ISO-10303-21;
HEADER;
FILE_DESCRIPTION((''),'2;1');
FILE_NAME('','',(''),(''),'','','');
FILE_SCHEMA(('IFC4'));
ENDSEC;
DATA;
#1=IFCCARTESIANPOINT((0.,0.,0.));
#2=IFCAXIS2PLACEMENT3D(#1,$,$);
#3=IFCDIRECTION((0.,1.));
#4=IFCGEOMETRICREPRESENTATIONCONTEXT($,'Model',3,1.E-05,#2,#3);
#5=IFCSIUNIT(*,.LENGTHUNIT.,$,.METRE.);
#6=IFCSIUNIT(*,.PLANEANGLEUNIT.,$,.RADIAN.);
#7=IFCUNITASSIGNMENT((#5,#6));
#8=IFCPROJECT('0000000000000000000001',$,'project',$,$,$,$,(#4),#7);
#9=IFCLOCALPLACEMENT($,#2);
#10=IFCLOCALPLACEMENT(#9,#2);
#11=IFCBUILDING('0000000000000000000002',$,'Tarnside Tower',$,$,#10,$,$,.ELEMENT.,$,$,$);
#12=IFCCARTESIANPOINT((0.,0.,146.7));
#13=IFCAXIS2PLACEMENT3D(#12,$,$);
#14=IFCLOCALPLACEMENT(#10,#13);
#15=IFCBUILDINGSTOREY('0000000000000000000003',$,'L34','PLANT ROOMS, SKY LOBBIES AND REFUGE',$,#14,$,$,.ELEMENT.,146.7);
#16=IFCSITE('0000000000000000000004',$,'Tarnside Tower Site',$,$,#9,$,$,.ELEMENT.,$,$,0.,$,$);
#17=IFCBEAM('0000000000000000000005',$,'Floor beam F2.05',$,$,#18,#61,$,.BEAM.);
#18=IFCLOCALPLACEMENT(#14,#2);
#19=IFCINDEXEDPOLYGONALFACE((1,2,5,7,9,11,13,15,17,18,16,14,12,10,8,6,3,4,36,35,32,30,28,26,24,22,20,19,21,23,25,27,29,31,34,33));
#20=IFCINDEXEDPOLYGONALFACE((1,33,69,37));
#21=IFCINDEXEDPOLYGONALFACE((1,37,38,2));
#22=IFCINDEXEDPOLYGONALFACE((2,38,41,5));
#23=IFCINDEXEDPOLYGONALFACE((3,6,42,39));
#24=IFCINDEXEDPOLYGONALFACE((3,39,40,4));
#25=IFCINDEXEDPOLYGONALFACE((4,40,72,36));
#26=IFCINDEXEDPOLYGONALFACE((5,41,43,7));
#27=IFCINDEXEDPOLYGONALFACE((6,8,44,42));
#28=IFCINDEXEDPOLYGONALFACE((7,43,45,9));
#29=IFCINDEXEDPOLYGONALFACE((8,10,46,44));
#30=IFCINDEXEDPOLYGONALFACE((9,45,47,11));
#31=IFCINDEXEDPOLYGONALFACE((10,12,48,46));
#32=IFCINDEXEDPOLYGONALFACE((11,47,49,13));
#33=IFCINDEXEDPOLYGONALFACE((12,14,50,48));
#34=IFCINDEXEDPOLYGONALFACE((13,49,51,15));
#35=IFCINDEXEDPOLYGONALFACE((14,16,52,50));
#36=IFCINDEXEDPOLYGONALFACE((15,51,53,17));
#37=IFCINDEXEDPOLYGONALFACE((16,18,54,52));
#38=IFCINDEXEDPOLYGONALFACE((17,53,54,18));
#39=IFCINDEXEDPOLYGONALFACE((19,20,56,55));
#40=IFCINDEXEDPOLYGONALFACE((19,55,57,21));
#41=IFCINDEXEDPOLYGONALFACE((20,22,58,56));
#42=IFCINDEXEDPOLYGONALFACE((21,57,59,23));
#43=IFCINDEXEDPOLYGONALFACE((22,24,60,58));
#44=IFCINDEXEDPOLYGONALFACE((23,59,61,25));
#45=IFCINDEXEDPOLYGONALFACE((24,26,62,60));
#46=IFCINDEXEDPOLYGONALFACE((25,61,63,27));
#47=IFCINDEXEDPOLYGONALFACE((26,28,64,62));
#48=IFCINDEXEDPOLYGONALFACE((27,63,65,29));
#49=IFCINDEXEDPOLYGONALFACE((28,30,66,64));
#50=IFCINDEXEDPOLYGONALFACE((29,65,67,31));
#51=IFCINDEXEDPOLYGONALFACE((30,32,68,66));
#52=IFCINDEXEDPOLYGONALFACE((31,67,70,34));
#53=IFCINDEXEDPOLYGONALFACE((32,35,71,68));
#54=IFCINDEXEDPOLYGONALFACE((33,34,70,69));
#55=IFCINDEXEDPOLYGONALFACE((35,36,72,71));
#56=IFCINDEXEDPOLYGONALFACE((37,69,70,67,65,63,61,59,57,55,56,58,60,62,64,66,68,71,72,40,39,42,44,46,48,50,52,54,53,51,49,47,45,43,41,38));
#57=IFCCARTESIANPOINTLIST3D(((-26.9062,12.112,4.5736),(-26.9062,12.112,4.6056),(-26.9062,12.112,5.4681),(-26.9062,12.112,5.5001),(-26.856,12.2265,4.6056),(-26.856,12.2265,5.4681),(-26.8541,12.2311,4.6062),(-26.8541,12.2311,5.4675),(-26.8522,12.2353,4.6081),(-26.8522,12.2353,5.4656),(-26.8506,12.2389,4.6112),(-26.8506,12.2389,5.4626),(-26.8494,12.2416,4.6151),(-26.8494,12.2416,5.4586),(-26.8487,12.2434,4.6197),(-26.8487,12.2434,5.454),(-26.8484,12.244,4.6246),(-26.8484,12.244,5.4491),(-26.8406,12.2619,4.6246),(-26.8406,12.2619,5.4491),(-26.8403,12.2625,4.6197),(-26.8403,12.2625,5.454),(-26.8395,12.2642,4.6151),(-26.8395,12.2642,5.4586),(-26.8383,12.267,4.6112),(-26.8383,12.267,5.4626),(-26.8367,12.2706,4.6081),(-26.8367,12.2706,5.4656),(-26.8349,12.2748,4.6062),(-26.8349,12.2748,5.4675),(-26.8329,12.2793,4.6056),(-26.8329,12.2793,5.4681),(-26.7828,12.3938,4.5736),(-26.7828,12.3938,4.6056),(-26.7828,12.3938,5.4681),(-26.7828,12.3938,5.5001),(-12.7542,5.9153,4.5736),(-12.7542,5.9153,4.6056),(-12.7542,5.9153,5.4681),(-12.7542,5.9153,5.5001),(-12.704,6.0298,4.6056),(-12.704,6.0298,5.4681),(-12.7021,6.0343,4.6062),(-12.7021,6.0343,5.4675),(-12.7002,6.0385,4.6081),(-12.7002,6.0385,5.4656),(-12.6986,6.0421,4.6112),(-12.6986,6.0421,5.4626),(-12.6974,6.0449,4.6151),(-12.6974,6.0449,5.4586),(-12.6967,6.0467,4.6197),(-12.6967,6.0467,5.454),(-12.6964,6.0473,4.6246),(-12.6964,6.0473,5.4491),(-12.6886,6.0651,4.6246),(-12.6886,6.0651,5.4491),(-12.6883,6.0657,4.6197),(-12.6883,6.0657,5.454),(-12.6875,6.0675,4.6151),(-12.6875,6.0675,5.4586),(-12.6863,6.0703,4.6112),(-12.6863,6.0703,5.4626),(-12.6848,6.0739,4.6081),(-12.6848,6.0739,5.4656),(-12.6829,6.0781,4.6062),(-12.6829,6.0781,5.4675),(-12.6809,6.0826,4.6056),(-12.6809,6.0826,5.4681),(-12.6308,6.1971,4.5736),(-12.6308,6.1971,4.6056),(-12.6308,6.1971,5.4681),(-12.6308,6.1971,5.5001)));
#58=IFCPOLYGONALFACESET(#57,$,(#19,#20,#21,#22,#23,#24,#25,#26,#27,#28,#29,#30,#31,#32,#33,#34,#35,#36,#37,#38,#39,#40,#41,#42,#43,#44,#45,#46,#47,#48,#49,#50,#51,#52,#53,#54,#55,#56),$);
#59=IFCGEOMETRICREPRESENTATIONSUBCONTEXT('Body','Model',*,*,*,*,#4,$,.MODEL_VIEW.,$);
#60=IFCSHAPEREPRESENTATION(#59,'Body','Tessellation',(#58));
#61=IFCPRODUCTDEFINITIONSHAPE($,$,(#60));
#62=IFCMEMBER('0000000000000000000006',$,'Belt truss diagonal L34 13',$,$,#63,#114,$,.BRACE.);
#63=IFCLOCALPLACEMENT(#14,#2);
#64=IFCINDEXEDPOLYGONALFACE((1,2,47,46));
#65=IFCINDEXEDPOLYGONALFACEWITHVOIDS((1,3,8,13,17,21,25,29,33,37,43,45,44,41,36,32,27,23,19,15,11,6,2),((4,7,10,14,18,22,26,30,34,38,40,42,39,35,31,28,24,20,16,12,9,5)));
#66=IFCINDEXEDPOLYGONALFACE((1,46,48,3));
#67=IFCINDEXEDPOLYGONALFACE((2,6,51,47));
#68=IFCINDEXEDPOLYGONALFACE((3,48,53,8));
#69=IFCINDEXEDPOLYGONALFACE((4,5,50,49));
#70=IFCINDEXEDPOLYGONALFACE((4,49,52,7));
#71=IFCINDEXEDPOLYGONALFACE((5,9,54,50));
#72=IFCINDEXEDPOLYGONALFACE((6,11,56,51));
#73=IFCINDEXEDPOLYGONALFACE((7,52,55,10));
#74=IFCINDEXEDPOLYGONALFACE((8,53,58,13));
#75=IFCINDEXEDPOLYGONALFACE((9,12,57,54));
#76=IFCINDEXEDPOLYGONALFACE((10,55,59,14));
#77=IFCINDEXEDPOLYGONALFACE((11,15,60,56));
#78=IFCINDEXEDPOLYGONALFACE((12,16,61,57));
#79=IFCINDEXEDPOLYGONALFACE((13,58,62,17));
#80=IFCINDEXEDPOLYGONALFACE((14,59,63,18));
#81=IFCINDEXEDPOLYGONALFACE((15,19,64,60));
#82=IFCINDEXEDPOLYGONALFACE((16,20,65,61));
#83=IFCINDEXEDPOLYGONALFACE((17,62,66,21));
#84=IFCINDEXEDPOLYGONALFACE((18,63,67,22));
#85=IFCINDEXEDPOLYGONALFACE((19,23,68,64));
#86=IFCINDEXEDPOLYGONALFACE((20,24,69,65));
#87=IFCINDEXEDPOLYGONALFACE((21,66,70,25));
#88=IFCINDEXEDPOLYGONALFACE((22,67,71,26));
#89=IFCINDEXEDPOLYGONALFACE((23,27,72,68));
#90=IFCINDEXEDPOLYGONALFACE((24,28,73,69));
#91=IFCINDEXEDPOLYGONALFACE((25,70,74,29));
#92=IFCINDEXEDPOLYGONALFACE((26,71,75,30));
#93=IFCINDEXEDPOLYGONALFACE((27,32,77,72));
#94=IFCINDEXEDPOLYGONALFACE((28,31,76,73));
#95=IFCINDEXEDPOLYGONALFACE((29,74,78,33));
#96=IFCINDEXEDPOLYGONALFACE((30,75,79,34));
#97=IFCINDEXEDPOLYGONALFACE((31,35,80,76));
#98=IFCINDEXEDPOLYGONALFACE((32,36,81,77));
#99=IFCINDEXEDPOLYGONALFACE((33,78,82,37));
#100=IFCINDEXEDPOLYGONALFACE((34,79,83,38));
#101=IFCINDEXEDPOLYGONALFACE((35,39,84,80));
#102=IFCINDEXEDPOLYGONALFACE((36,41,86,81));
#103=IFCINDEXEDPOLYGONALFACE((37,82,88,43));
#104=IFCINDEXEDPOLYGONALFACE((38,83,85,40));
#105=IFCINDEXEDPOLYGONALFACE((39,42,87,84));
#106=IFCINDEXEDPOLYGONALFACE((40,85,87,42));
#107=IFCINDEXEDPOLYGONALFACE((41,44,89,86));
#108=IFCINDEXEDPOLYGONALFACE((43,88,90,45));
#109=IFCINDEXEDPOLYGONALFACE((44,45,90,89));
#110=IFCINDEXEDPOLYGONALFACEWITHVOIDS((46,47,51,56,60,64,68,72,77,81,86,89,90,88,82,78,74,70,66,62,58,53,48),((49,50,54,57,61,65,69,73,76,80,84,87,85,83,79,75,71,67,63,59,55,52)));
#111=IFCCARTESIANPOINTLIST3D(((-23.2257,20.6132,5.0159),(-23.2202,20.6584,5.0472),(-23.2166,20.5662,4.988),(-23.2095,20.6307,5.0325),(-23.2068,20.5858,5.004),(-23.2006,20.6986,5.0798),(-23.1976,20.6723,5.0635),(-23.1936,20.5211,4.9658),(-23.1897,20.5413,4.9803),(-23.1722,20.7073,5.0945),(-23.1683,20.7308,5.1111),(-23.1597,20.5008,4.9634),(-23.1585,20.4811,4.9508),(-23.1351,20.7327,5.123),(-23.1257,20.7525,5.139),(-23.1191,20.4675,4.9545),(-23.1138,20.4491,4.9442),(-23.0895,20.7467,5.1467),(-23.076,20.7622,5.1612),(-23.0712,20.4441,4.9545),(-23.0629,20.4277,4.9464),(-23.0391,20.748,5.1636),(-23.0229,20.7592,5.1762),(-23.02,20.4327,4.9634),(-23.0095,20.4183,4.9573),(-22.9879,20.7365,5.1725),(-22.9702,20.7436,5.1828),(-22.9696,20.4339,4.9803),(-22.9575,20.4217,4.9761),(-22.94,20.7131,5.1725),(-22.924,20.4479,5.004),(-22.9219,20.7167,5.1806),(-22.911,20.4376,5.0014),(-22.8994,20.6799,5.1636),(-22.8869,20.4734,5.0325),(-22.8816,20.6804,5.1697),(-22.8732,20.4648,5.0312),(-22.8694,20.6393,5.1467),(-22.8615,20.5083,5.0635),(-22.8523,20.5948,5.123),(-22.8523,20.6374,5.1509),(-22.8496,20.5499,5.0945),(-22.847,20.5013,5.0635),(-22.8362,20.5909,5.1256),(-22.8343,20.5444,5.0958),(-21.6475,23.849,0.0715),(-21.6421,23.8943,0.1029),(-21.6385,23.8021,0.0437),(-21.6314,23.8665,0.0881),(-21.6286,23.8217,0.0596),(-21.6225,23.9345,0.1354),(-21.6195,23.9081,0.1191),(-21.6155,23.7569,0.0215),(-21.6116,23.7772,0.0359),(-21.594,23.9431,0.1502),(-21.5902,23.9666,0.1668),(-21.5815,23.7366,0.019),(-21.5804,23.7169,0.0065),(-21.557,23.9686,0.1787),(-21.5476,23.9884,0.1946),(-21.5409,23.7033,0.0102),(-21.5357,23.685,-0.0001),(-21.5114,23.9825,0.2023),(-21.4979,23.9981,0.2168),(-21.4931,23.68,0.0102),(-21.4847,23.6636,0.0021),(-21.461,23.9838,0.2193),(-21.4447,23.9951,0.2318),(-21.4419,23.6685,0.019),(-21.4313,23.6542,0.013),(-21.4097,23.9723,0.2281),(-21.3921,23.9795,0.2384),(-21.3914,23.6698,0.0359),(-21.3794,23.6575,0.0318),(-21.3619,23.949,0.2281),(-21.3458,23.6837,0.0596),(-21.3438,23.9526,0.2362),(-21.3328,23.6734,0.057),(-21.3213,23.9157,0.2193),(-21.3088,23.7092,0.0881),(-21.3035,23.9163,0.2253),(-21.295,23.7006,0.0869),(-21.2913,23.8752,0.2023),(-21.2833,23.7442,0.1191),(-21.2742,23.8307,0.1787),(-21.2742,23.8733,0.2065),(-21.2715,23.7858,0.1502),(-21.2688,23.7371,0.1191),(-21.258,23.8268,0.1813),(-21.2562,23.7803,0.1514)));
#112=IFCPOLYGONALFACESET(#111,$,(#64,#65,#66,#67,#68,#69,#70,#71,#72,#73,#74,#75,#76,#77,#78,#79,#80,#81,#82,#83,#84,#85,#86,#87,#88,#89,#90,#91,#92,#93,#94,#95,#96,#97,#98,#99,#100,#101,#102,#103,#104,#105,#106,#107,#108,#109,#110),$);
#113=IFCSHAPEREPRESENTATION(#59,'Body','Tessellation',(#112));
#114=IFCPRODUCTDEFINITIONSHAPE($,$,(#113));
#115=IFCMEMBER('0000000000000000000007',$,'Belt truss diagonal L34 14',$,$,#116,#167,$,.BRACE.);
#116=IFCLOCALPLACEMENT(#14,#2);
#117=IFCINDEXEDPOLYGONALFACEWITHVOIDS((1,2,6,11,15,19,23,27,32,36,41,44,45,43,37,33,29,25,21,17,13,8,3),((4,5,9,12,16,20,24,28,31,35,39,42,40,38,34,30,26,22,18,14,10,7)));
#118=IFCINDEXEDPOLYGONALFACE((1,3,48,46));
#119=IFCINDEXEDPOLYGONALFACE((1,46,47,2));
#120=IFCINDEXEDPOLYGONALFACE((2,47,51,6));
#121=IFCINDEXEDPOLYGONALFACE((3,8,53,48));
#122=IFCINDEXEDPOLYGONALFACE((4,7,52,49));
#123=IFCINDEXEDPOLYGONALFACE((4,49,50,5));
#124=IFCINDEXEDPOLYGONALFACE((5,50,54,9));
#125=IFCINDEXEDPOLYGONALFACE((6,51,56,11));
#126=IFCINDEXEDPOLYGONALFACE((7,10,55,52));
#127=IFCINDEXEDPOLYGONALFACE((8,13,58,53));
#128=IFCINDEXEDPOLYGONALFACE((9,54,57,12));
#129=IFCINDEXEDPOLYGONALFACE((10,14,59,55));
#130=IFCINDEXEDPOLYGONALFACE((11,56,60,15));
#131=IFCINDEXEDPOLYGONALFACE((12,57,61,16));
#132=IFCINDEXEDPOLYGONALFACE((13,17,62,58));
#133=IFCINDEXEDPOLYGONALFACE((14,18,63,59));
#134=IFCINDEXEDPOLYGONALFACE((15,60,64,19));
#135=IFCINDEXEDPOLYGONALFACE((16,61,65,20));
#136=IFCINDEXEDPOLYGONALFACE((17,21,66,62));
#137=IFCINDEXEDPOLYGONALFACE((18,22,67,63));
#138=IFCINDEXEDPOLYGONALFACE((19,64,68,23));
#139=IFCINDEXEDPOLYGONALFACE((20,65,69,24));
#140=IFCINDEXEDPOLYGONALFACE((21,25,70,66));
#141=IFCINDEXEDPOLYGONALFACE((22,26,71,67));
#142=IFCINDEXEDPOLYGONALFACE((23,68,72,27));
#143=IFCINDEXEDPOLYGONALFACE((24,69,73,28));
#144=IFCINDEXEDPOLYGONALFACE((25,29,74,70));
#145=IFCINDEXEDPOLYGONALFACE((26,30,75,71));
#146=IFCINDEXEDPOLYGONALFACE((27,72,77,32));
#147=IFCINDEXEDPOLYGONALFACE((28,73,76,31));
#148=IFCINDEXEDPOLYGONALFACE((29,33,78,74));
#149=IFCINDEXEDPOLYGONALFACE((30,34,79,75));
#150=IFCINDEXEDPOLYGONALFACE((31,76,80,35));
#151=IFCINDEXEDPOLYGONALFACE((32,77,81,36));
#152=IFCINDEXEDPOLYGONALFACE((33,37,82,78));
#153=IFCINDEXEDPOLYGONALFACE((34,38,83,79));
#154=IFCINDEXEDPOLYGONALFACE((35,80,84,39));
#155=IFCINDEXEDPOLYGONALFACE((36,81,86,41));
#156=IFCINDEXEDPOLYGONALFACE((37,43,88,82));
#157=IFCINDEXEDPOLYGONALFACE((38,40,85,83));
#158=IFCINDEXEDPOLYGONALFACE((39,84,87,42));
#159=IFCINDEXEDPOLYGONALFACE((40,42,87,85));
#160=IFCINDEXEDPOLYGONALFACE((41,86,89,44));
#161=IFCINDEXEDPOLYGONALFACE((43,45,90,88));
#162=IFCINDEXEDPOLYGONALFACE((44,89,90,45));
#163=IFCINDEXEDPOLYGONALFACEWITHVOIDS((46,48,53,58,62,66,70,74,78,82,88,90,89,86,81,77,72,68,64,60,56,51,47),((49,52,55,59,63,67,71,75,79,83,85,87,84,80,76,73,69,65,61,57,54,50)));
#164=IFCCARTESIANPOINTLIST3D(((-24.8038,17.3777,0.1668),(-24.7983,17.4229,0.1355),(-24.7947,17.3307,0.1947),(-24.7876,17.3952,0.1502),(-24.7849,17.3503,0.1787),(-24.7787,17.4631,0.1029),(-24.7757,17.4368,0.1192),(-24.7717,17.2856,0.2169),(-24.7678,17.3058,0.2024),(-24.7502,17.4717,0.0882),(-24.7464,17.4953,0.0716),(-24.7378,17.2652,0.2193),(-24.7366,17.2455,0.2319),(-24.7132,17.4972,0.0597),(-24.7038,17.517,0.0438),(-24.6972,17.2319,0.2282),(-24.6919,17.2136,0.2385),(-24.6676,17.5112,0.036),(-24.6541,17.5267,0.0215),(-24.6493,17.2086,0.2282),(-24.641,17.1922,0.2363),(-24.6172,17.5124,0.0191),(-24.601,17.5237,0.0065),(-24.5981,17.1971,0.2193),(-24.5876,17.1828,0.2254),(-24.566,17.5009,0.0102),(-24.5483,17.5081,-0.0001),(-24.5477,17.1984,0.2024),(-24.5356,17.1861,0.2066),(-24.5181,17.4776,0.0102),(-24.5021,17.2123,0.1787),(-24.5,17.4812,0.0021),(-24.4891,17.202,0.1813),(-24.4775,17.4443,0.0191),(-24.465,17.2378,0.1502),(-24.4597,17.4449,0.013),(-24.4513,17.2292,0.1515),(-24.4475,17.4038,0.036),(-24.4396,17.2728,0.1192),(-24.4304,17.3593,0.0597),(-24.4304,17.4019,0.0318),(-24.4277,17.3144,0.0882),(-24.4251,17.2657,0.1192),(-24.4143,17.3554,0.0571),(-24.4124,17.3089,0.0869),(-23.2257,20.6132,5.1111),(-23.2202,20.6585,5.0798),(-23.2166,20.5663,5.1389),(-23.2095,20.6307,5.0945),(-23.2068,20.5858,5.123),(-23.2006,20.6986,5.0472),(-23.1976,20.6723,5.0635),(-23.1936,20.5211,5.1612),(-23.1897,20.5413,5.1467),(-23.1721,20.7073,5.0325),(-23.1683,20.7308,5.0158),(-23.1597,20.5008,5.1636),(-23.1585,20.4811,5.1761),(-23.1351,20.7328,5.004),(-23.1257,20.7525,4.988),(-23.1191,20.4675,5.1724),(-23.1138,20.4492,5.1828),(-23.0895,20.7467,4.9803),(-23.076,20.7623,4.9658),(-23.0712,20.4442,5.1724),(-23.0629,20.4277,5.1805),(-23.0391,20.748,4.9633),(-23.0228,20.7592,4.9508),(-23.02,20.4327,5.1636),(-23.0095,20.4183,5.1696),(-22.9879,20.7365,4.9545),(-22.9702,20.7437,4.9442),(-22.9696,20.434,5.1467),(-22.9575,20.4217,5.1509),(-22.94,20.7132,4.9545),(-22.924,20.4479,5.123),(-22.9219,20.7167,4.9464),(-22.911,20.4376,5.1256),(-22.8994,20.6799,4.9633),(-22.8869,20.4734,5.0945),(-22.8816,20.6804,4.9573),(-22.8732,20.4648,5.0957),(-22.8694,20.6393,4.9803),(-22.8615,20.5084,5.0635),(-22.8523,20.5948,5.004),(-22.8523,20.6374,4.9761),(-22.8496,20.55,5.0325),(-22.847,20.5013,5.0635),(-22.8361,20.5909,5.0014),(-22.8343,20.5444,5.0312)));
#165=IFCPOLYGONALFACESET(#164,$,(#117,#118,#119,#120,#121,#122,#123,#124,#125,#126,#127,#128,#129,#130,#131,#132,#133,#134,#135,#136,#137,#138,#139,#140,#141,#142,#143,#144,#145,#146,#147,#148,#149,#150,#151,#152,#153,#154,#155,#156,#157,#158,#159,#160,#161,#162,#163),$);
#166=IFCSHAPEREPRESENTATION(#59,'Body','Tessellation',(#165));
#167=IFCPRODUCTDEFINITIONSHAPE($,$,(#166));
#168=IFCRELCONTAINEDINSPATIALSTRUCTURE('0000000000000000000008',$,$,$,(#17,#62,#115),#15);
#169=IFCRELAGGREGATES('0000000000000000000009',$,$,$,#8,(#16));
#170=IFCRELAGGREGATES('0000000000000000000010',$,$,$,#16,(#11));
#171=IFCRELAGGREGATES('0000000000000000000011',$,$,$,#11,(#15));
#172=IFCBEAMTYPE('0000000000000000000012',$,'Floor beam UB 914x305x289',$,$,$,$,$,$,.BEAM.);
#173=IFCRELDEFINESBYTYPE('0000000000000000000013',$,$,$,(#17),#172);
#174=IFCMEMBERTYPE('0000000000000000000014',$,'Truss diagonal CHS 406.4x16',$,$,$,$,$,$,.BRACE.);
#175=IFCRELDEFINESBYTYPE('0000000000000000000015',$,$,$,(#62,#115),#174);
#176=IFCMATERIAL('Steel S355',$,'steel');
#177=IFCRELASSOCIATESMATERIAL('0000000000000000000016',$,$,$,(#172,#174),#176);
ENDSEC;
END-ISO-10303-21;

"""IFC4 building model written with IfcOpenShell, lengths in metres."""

from ifc_helpers import new_model, si_unit, direction, frame, origin, origin_2d, place, context, subcontext, project, spatial, hollow_circle, i_section, extrude, material, material_profile, profile_set, type_object, element, save


model = new_model("IFC4")

# Units and contexts
model_context = context("Model", 3, precision=1e-05, world=origin(), true_north=direction((0.0, 1.0)))
body_context = subcontext(model_context, "Body", "Model", "MODEL_VIEW")
ifc_project = project(units=[si_unit("LENGTHUNIT", "METRE"), si_unit("PLANEANGLEUNIT", "RADIAN")], contexts=[model_context])

# Site, building, storey
site_placement = place(None, origin())
site = spatial("IfcSite", under=ifc_project, at=site_placement, Name="Tarnside Tower Site", CompositionType="ELEMENT", RefElevation=0.0)
building_placement = place(site_placement, origin())
building = spatial("IfcBuilding", under=site, at=building_placement, Name="Tarnside Tower", CompositionType="ELEMENT")
storey_placement = place(building_placement, frame((0.0, 0.0, 146.7)))
storey = spatial("IfcBuildingStorey", under=building, at=storey_placement, Name="L34", Description="PLANT ROOMS, SKY LOBBIES AND REFUGE", CompositionType="ELEMENT", Elevation=146.7)

# Beam
ifc_material_1 = material(Name="Steel S355", Category="steel")
ifc_material_profile_1 = material_profile(ifc_material_1, i_section(OverallWidth=0.3076, OverallDepth=0.9265, WebThickness=0.0195, FlangeThickness=0.032, FilletRadius=0.019, at=origin_2d()), Name="UB 914x305x289")
ifc_profile_set_1 = profile_set([ifc_material_profile_1], Name="Steel S355")
beam_type = type_object("IfcBeamType", Name="Floor beam UB 914x305x289", PredefinedType="BEAM", material=ifc_profile_set_1)
beam_1_placement = place(storey_placement, frame((-26.8445, 12.2529, 5.0369), z_axis=(0.916033, -0.401103, 0.0), x_axis=(0.401103, 0.916033, 0.0)))
element("IfcBeam", 1, at=beam_1_placement, inside=storey, type_object=beam_type, Name="Floor beam F2.05", PredefinedType="BEAM", context=body_context, shape_type="SweptSolid", body=[
    extrude(i_section(OverallWidth=0.3076, OverallDepth=0.9265, WebThickness=0.0195, FlangeThickness=0.032, FilletRadius=0.019, at=origin_2d()), origin(), (0.0, 0.0, 1.0), 15.4492),
])

# Members
ifc_material_profile_2 = material_profile(ifc_material_1, hollow_circle(Radius=0.2031, WallThickness=0.0161, at=origin_2d()), Name="CHS 406.4x16")
ifc_profile_set_2 = profile_set([ifc_material_profile_2], Name="Steel S355")
member_type_1 = type_object("IfcMemberType", Name="Truss diagonal CHS 406.4x16", PredefinedType="BRACE", material=ifc_profile_set_2)
member_1_placement = place(storey_placement, frame((-21.4514, 23.8262, 0.1191), z_axis=(-0.258025, -0.529063, 0.808403), x_axis=(0.898805, -0.438349, 0.0)))
element("IfcMember", 2, at=member_1_placement, inside=storey, type_object=member_type_1, Name="Belt truss diagonal L34 13", PredefinedType="BRACE", context=body_context, shape_type="SweptSolid", body=[
    extrude(hollow_circle(Radius=0.2031, WallThickness=0.0161, at=origin_2d()), origin(), (0.0, 0.0, 1.0), 6.1162),
])
for number, where, z_axis, x_axis, name in (
    (3, (-23.0295, 20.5903, 5.0635), (-0.25803, -0.529034, -0.80842), (0.898792, -0.438376, 0.0), "Belt truss diagonal L34 14"),
):
    element("IfcMember", number, at=place(storey_placement, frame(where, z_axis=z_axis, x_axis=x_axis)), inside=storey, type_object=member_type_1, Name=name, PredefinedType="BRACE", context=body_context, shape_type="SweptSolid", body=[
        extrude(hollow_circle(Radius=0.2031, WallThickness=0.0161, at=origin_2d()), origin(), (0.0, 0.0, 1.0), 6.116),
    ])

save(model, "model.ifc")
